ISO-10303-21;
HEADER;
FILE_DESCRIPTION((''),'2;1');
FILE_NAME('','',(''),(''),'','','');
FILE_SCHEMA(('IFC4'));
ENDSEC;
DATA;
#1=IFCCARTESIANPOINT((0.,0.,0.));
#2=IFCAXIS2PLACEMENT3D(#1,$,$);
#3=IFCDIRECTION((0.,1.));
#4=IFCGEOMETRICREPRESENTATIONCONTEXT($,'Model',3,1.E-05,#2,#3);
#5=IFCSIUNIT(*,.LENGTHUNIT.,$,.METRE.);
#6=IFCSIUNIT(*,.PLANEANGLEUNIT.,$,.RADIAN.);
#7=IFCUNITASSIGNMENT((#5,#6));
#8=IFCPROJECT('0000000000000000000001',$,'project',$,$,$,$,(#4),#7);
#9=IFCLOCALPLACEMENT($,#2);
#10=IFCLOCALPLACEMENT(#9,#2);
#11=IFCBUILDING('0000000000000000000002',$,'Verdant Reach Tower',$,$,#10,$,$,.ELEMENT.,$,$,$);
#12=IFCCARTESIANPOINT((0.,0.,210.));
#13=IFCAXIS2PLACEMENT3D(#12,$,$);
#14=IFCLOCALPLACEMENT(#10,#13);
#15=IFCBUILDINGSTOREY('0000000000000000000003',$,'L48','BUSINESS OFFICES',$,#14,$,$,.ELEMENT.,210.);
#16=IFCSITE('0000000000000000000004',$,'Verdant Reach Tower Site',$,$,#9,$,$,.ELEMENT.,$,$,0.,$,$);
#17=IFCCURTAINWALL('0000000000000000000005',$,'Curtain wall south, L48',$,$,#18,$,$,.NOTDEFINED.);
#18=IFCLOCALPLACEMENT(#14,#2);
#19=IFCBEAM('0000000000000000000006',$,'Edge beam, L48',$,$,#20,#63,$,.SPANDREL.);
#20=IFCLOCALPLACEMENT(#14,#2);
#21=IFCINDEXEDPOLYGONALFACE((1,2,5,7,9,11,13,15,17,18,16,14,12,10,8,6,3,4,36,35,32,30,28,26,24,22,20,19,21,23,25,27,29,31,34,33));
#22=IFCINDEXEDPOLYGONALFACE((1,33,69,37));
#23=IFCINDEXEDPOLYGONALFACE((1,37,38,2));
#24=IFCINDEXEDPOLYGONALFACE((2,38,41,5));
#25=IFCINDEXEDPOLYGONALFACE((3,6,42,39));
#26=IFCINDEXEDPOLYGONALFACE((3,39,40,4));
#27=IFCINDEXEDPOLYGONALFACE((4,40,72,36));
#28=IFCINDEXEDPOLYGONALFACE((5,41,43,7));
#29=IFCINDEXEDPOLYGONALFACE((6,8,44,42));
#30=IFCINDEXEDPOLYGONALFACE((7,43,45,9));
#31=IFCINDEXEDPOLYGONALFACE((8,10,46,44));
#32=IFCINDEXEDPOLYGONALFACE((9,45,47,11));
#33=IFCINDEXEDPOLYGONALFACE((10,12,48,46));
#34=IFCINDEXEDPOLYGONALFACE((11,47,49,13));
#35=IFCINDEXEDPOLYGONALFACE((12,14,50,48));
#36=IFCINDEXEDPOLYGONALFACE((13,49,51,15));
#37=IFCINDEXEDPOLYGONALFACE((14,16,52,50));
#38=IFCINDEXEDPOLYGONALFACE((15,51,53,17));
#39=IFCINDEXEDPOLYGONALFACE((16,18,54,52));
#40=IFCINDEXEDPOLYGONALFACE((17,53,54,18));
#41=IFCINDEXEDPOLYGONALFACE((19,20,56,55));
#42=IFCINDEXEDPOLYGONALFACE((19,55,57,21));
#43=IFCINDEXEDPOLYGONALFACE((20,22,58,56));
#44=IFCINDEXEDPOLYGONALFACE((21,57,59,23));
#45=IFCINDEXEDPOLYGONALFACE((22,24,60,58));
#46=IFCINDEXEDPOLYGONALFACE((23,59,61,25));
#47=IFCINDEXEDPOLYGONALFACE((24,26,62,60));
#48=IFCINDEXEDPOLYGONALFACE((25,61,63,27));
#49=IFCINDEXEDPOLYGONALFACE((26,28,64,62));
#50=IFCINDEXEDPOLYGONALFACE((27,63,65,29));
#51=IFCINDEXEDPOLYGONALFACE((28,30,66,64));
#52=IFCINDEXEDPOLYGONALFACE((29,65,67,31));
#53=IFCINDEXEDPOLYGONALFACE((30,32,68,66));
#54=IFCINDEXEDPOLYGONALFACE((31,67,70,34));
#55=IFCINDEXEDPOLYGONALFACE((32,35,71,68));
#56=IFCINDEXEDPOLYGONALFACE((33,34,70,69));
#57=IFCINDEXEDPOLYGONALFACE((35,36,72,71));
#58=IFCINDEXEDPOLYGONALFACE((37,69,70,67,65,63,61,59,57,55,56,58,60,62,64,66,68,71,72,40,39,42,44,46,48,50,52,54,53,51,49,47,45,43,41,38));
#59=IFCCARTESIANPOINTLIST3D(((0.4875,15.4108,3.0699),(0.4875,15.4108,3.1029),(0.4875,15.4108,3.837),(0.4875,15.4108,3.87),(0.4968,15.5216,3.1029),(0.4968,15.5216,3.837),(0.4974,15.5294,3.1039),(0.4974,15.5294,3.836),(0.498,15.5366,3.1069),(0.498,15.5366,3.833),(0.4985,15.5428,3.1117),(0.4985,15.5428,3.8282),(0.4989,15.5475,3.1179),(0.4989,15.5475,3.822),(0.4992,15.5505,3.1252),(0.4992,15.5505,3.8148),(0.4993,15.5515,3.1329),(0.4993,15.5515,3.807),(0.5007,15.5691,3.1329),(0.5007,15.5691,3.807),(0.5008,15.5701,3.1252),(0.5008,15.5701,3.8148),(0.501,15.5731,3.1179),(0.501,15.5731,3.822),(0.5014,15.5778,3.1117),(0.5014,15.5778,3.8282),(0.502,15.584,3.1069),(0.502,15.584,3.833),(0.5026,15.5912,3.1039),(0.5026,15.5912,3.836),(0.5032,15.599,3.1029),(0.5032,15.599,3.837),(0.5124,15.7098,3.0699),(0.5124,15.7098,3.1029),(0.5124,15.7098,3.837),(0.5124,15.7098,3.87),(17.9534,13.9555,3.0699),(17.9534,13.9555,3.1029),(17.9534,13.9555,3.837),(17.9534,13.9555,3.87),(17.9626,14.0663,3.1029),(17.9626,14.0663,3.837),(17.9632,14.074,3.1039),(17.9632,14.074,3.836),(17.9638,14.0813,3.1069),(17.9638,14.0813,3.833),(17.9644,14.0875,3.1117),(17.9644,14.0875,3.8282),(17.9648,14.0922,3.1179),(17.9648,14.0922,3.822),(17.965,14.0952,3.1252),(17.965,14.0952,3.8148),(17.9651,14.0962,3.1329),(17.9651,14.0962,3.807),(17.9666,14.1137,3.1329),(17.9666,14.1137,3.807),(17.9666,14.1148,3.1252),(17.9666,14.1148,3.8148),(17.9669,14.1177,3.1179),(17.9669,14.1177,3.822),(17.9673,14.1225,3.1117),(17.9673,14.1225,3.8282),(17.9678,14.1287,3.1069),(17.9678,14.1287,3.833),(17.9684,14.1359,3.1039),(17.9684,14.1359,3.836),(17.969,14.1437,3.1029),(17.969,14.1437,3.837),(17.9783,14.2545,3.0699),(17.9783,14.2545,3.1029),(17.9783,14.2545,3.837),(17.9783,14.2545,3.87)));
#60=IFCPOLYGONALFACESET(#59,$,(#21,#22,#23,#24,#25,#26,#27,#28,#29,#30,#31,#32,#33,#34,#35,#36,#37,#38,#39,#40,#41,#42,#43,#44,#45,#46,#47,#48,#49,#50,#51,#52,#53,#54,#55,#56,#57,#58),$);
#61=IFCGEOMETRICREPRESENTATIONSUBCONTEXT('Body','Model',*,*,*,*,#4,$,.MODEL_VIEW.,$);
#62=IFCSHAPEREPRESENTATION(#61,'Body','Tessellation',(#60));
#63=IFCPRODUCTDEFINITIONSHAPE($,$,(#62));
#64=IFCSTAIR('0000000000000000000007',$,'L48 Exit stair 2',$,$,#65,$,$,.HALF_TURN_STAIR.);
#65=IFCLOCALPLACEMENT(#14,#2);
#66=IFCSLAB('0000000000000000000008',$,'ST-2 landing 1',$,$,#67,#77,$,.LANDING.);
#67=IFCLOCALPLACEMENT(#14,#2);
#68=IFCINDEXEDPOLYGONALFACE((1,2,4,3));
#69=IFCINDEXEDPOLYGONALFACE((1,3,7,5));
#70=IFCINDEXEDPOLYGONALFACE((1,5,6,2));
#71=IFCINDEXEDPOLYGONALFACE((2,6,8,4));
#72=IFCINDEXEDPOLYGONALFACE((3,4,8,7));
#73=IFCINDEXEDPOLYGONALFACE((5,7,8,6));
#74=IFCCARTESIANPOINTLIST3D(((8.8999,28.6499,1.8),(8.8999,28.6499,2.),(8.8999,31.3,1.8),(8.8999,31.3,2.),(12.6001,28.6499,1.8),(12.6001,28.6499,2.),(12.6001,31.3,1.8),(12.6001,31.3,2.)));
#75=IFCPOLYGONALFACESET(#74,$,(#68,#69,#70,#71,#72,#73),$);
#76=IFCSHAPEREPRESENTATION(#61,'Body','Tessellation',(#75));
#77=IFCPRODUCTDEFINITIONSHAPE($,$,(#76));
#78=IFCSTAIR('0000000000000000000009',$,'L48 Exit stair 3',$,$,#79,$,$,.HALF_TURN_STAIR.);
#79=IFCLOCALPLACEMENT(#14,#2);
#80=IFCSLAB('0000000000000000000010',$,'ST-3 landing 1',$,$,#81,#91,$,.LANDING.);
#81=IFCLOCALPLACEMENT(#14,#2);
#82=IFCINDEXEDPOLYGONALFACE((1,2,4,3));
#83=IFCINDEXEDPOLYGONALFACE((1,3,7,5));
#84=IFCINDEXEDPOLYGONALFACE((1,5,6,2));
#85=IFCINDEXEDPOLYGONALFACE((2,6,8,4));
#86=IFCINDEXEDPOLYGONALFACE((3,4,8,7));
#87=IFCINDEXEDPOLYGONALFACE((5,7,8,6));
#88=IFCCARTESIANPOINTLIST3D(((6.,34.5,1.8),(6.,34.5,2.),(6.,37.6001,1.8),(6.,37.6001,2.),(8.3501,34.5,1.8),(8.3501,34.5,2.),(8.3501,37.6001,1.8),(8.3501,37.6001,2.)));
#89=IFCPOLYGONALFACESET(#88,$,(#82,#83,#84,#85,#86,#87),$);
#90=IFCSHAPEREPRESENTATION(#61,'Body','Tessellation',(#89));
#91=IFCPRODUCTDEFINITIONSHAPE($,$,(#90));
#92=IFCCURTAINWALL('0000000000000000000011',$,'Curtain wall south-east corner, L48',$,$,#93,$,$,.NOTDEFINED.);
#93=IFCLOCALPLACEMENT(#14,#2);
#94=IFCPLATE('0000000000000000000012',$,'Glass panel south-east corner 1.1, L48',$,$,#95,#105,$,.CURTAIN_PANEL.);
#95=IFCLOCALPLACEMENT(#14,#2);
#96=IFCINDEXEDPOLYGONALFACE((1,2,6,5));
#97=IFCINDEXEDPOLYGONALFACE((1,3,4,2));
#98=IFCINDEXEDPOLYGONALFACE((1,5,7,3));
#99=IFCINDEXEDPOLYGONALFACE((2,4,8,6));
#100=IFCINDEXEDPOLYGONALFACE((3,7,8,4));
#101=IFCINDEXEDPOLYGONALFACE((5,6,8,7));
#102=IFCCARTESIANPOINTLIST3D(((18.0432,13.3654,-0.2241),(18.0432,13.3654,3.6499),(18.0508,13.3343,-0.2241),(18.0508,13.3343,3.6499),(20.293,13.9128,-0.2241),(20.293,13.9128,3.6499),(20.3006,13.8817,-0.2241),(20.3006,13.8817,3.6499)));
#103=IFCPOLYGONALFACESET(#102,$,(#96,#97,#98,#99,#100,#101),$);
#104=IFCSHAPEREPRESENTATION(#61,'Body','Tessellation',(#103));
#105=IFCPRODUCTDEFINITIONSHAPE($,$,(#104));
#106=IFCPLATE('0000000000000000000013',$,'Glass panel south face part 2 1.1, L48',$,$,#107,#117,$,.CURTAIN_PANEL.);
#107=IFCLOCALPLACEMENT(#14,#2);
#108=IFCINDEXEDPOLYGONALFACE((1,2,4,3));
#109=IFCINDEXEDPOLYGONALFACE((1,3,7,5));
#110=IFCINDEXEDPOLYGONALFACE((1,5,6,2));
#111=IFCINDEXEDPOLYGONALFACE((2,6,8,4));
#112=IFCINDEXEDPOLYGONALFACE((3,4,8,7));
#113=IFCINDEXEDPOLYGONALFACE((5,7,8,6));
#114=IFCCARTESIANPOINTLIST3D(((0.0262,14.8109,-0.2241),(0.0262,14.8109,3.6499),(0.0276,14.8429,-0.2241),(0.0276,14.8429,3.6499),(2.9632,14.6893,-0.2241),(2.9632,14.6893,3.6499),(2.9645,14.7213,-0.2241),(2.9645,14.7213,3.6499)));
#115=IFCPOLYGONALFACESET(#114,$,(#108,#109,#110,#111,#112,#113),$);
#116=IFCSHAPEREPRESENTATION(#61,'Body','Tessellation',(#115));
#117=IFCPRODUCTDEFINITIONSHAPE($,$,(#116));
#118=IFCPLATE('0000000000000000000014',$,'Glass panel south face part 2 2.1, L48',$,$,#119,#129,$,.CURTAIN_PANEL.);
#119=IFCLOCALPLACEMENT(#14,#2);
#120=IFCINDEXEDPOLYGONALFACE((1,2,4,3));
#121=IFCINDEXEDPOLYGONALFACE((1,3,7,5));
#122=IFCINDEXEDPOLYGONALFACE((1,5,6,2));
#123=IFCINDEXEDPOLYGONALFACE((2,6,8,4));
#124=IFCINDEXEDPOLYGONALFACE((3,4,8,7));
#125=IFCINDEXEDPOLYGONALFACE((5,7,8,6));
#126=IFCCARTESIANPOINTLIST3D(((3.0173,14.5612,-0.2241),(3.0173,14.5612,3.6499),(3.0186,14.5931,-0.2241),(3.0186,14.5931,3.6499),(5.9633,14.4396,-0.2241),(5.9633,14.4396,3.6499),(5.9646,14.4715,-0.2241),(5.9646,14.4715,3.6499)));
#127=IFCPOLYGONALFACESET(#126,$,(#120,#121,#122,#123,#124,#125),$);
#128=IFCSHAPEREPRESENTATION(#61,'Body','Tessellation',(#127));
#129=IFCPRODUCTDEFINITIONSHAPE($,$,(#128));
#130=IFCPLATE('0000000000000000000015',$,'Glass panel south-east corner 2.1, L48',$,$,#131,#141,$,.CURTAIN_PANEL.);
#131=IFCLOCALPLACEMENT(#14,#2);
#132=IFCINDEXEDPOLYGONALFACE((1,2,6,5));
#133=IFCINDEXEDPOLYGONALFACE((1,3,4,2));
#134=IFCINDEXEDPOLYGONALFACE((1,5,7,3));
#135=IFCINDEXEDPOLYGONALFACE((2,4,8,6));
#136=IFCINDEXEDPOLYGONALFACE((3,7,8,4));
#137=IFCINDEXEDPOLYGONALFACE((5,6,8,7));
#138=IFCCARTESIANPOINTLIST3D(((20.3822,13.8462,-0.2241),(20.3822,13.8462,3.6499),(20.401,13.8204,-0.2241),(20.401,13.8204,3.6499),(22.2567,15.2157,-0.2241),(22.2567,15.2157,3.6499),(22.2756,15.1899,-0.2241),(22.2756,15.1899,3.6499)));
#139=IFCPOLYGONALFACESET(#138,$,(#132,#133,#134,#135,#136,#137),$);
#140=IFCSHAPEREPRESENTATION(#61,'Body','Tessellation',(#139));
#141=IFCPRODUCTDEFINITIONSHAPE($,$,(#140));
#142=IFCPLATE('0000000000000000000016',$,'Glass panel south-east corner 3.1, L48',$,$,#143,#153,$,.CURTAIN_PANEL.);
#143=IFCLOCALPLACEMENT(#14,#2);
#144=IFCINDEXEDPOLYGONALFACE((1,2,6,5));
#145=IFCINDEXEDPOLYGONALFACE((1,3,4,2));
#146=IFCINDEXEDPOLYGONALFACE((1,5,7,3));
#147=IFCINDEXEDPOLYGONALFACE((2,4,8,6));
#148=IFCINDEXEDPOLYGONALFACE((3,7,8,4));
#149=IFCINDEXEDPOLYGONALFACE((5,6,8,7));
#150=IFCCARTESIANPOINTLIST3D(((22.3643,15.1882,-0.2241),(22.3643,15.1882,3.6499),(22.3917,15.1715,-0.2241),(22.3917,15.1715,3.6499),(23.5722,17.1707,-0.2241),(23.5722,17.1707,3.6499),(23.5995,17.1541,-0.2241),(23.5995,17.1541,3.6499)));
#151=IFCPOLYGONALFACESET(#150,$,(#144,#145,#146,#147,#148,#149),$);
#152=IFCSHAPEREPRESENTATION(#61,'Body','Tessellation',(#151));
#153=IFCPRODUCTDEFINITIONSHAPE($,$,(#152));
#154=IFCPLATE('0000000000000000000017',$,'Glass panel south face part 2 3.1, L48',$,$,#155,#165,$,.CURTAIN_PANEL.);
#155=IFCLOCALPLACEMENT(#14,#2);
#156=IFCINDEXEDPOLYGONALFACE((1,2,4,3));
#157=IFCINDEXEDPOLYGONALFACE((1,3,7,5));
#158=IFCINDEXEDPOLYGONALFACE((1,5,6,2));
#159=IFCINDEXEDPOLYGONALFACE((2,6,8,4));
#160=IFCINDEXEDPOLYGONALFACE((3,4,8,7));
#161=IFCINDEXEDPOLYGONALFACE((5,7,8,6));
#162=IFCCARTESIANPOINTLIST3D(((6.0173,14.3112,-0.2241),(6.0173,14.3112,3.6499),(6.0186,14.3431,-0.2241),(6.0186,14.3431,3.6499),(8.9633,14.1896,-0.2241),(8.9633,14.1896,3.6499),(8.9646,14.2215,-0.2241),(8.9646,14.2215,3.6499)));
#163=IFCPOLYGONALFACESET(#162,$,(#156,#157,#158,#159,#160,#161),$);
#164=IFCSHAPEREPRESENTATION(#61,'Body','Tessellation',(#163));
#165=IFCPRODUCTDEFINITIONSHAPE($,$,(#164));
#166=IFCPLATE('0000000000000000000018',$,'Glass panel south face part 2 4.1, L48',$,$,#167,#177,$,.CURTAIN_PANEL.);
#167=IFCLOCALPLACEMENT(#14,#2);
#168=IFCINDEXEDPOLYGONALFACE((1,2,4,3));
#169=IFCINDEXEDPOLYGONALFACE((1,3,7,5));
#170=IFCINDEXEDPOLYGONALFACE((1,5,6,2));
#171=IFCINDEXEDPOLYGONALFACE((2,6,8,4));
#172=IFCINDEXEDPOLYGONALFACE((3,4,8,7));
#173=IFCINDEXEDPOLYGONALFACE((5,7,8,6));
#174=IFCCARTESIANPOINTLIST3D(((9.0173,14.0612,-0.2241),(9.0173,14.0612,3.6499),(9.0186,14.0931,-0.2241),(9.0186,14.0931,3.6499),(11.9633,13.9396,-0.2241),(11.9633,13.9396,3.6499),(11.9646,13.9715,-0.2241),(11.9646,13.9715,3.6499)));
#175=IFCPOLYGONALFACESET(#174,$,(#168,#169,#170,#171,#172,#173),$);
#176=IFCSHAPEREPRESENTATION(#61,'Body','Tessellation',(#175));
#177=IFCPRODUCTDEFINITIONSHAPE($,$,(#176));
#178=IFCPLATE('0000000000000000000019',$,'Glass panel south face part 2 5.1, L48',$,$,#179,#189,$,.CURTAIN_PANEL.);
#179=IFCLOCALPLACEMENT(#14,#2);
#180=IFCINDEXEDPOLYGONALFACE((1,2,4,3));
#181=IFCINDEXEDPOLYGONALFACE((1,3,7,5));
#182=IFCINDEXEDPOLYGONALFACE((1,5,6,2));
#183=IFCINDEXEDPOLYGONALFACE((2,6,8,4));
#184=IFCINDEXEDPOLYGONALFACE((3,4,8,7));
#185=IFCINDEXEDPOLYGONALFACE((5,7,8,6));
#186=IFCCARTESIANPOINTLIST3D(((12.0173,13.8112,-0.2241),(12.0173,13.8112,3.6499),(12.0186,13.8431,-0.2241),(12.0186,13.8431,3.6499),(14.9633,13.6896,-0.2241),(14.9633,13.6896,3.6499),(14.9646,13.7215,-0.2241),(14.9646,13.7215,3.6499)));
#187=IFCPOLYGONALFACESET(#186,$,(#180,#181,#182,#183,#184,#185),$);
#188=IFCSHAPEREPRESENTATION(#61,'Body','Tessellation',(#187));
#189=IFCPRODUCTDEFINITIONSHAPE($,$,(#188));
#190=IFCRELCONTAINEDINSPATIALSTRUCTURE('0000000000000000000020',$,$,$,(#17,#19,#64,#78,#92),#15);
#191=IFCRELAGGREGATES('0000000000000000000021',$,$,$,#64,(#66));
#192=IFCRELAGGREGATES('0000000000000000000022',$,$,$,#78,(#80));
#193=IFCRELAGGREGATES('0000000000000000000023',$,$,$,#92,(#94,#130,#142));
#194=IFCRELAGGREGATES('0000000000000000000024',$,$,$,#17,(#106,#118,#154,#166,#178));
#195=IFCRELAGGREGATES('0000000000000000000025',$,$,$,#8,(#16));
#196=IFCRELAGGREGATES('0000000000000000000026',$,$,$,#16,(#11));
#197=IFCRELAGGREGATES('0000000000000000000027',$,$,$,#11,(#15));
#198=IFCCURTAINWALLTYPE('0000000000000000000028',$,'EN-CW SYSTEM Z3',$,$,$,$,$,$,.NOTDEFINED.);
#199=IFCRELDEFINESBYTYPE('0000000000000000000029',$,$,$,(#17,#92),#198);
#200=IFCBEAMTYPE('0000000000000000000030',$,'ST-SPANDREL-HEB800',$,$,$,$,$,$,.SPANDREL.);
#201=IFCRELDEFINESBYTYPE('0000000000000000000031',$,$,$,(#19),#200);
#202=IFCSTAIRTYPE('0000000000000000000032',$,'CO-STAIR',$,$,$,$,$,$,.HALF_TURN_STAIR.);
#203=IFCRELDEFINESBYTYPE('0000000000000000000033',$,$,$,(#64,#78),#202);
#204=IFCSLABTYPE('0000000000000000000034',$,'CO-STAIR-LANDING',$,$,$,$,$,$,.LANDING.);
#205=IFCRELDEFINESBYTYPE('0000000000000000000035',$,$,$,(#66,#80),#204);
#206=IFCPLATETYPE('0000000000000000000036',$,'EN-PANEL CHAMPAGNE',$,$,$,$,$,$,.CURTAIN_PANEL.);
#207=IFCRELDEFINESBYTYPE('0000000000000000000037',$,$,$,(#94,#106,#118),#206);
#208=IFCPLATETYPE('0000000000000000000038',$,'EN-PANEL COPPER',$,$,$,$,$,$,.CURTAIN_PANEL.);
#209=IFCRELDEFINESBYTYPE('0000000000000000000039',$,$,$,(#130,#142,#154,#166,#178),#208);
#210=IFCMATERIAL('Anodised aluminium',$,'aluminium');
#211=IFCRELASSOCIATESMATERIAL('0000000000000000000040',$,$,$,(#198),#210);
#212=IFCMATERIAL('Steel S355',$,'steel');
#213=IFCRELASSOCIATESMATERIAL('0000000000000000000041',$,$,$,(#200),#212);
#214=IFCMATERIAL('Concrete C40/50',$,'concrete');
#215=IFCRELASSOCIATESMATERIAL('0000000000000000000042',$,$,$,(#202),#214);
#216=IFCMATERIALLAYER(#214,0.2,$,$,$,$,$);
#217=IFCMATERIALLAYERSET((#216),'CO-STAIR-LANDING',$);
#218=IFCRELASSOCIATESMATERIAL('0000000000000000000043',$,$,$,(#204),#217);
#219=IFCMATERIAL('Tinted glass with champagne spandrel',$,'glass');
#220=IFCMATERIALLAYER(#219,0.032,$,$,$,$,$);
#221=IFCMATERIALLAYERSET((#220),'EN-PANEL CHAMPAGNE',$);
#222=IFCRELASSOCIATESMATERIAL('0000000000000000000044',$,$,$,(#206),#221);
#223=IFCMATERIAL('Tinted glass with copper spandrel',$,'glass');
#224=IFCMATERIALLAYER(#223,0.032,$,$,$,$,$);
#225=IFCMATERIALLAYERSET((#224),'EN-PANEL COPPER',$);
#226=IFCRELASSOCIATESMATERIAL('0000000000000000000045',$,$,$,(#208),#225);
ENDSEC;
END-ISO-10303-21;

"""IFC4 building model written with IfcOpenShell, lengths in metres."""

from ifc_helpers import new_model, si_unit, direction, frame, origin, origin_2d, place, context, subcontext, project, spatial, polyline, rectangle, i_section, outline, extrude, material, layer, layer_set, material_profile, profile_set, type_object, element, aggregate, save


model = new_model("IFC4")

# Units and contexts
model_context = context("Model", 3, precision=1e-05, world=origin(), true_north=direction((0.0, 1.0)))
body_context = subcontext(model_context, "Body", "Model", "MODEL_VIEW")
ifc_project = project(units=[si_unit("LENGTHUNIT", "METRE"), si_unit("PLANEANGLEUNIT", "RADIAN")], contexts=[model_context])

# Site, building, storey
site_placement = place(None, origin())
site = spatial("IfcSite", under=ifc_project, at=site_placement, Name="Verdant Reach Tower Site", CompositionType="ELEMENT", RefElevation=0.0)
building_placement = place(site_placement, origin())
building = spatial("IfcBuilding", under=site, at=building_placement, Name="Verdant Reach Tower", CompositionType="ELEMENT")
storey_placement = place(building_placement, frame((0.0, 0.0, 210.0)))
storey = spatial("IfcBuildingStorey", under=building, at=storey_placement, Name="L48", Description="BUSINESS OFFICES", CompositionType="ELEMENT", Elevation=210.0)

# Curtain wall
ifc_material_1 = material(Name="Anodised aluminium", Category="aluminium")
curtain_wall_type = type_object("IfcCurtainWallType", Name="EN-CW SYSTEM Z3", PredefinedType="NOTDEFINED", material=ifc_material_1)
curtain_wall_1_placement = place(storey_placement, origin())
curtain_wall_1 = element("IfcCurtainWall", 1, at=curtain_wall_1_placement, inside=storey, type_object=curtain_wall_type, Name="Curtain wall south, L48", PredefinedType="NOTDEFINED")

# Beam
ifc_material_2 = material(Name="Steel S355", Category="steel")
ifc_material_profile_1 = material_profile(ifc_material_2, i_section(OverallWidth=0.3, OverallDepth=0.8, WebThickness=0.0176, FlangeThickness=0.033, FilletRadius=0.03, at=origin_2d()), Name="HEB 800")
ifc_profile_set_1 = profile_set([ifc_material_profile_1], Name="Steel S355")
beam_type_1 = type_object("IfcBeamType", Name="ST-SPANDREL-HEB800", PredefinedType="SPANDREL", material=ifc_profile_set_1)
beam_1_placement = place(storey_placement, frame((17.9658, 14.105, 3.47), z_axis=(-0.996547, 0.083036, 0.0), x_axis=(-0.083036, -0.996547, 0.0)))
element("IfcBeam", 2, at=beam_1_placement, inside=storey, type_object=beam_type_1, Name="Edge beam, L48", PredefinedType="SPANDREL", context=body_context, shape_type="SweptSolid", body=[
    extrude(i_section(OverallWidth=0.3, OverallDepth=0.8, WebThickness=0.0176, FlangeThickness=0.033, FilletRadius=0.03, at=origin_2d()), origin(), (0.0, 0.0, 1.0), 17.5264),
])

# Stairs, slabs
ifc_material_3 = material(Name="Concrete C40/50", Category="concrete")
stair_type = type_object("IfcStairType", Name="CO-STAIR", PredefinedType="HALF_TURN_STAIR", material=ifc_material_3)
stair_1_placement = place(storey_placement, origin())
stair_1 = element("IfcStair", 3, at=stair_1_placement, inside=storey, type_object=stair_type, Name="L48 Exit stair 2", PredefinedType="HALF_TURN_STAIR")
ifc_layer_1 = layer(ifc_material_3, 0.2)
ifc_layer_set_1 = layer_set([ifc_layer_1], Name="CO-STAIR-LANDING")
slab_type = type_object("IfcSlabType", Name="CO-STAIR-LANDING", PredefinedType="LANDING", material=ifc_layer_set_1)
slab_1_placement = place(storey_placement, frame((0.0, 0.0, 1.8)))
slab_1 = element("IfcSlab", 4, at=slab_1_placement, type_object=slab_type, Name="ST-2 landing 1", PredefinedType="LANDING", context=body_context, shape_type="SweptSolid", body=[
    extrude(outline(polyline([(12.6001, 28.6499), (12.6001, 31.3), (8.8999, 31.3), (8.8999, 28.6499), (12.6001, 28.6499)])), origin(), (0.0, 0.0, 1.0), 0.2),
])
aggregate(stair_1, [slab_1])
stair_2_placement = place(storey_placement, origin())
stair_2 = element("IfcStair", 5, at=stair_2_placement, inside=storey, type_object=stair_type, Name="L48 Exit stair 3", PredefinedType="HALF_TURN_STAIR")
slab_2_placement = place(storey_placement, frame((0.0, 0.0, 1.8)))
slab_2 = element("IfcSlab", 6, at=slab_2_placement, type_object=slab_type, Name="ST-3 landing 1", PredefinedType="LANDING", context=body_context, shape_type="SweptSolid", body=[
    extrude(outline(polyline([(8.3501, 37.6001), (6.0, 37.6001), (6.0, 34.5), (8.3501, 34.5), (8.3501, 37.6001)])), origin(), (0.0, 0.0, 1.0), 0.2),
])
aggregate(stair_2, [slab_2])

# Curtain wall, plate
curtain_wall_2_placement = place(storey_placement, origin())
curtain_wall_2 = element("IfcCurtainWall", 7, at=curtain_wall_2_placement, inside=storey, type_object=curtain_wall_type, Name="Curtain wall south-east corner, L48", PredefinedType="NOTDEFINED")
ifc_material_4 = material(Name="Tinted glass with champagne spandrel", Category="glass")
ifc_layer_2 = layer(ifc_material_4, 0.032)
ifc_layer_set_2 = layer_set([ifc_layer_2], Name="EN-PANEL CHAMPAGNE")
plate_type_1 = type_object("IfcPlateType", Name="EN-PANEL CHAMPAGNE", PredefinedType="CURTAIN_PANEL", material=ifc_layer_set_2)
plate_1_placement = place(storey_placement, frame((19.1719, 13.6235, -0.2241), z_axis=(0.0, 0.0, 1.0), x_axis=(0.971655, 0.236403, 0.0)))
plate_1 = element("IfcPlate", 8, at=plate_1_placement, type_object=plate_type_1, Name="Glass panel south-east corner 1.1, L48", PredefinedType="CURTAIN_PANEL", context=body_context, shape_type="SweptSolid", body=[
    extrude(rectangle(XDim=2.3154, YDim=0.032, at=origin_2d()), origin(), (0.0, 0.0, 1.0), 3.874),
])

# Plates
plate_2_placement = place(storey_placement, frame((1.4954, 14.7661, -0.2241), z_axis=(0.0, 0.0, 1.0), x_axis=(0.999144, -0.041367, 0.0)))
plate_2 = element("IfcPlate", 9, at=plate_2_placement, type_object=plate_type_1, Name="Glass panel south face part 2 1.1, L48", PredefinedType="CURTAIN_PANEL", context=body_context, shape_type="SweptSolid", body=[
    extrude(rectangle(XDim=2.9395, YDim=0.032, at=origin_2d()), origin(), (0.0, 0.0, 1.0), 3.874),
])
plate_3_placement = place(storey_placement, frame((4.491, 14.5164, -0.2241), z_axis=(0.0, 0.0, 1.0), x_axis=(0.999149, -0.041242, 0.0)))
plate_3 = element("IfcPlate", 10, at=plate_3_placement, type_object=plate_type_1, Name="Glass panel south face part 2 2.1, L48", PredefinedType="CURTAIN_PANEL", context=body_context, shape_type="SweptSolid", body=[
    extrude(rectangle(XDim=2.9485, YDim=0.032, at=origin_2d()), origin(), (0.0, 0.0, 1.0), 3.874),
])
ifc_material_5 = material(Name="Tinted glass with copper spandrel", Category="glass")
ifc_layer_3 = layer(ifc_material_5, 0.032)
ifc_layer_set_3 = layer_set([ifc_layer_3], Name="EN-PANEL COPPER")
plate_type_2 = type_object("IfcPlateType", Name="EN-PANEL COPPER", PredefinedType="CURTAIN_PANEL", material=ifc_layer_set_3)
plate_4_placement = place(storey_placement, frame((21.3289, 14.5181, -0.2241), z_axis=(0.0, 0.0, 1.0), x_axis=(0.807457, 0.589927, 0.0)))
plate_4 = element("IfcPlate", 11, at=plate_4_placement, type_object=plate_type_2, Name="Glass panel south-east corner 2.1, L48", PredefinedType="CURTAIN_PANEL", context=body_context, shape_type="SweptSolid", body=[
    extrude(rectangle(XDim=2.3215, YDim=0.032, at=origin_2d()), origin(), (0.0, 0.0, 1.0), 3.874),
])
plate_5_placement = place(storey_placement, frame((22.9819, 16.1711, -0.2241), z_axis=(0.0, 0.0, 1.0), x_axis=(0.520292, 0.853989, 0.0)))
plate_5 = element("IfcPlate", 12, at=plate_5_placement, type_object=plate_type_2, Name="Glass panel south-east corner 3.1, L48", PredefinedType="CURTAIN_PANEL", context=body_context, shape_type="SweptSolid", body=[
    extrude(rectangle(XDim=2.3215, YDim=0.032, at=origin_2d()), origin(), (0.0, 0.0, 1.0), 3.874),
])
plate_6_placement = place(storey_placement, frame((7.491, 14.2664, -0.2241), z_axis=(0.0, 0.0, 1.0), x_axis=(0.999149, -0.041242, 0.0)))
plate_6 = element("IfcPlate", 13, at=plate_6_placement, type_object=plate_type_2, Name="Glass panel south face part 2 3.1, L48", PredefinedType="CURTAIN_PANEL", context=body_context, shape_type="SweptSolid", body=[
    extrude(rectangle(XDim=2.9485, YDim=0.032, at=origin_2d()), origin(), (0.0, 0.0, 1.0), 3.874),
])
plate_7_placement = place(storey_placement, frame((10.491, 14.0164, -0.2241), z_axis=(0.0, 0.0, 1.0), x_axis=(0.999149, -0.041242, 0.0)))
plate_7 = element("IfcPlate", 14, at=plate_7_placement, type_object=plate_type_2, Name="Glass panel south face part 2 4.1, L48", PredefinedType="CURTAIN_PANEL", context=body_context, shape_type="SweptSolid", body=[
    extrude(rectangle(XDim=2.9485, YDim=0.032, at=origin_2d()), origin(), (0.0, 0.0, 1.0), 3.874),
])
plate_8_placement = place(storey_placement, frame((13.491, 13.7664, -0.2241), z_axis=(0.0, 0.0, 1.0), x_axis=(0.999149, -0.041242, 0.0)))
plate_8 = element("IfcPlate", 15, at=plate_8_placement, type_object=plate_type_2, Name="Glass panel south face part 2 5.1, L48", PredefinedType="CURTAIN_PANEL", context=body_context, shape_type="SweptSolid", body=[
    extrude(rectangle(XDim=2.9485, YDim=0.032, at=origin_2d()), origin(), (0.0, 0.0, 1.0), 3.874),
])
aggregate(curtain_wall_2, [plate_1, plate_4, plate_5])
aggregate(curtain_wall_1, [plate_2, plate_3, plate_6, plate_7, plate_8])

save(model, "model.ifc")
